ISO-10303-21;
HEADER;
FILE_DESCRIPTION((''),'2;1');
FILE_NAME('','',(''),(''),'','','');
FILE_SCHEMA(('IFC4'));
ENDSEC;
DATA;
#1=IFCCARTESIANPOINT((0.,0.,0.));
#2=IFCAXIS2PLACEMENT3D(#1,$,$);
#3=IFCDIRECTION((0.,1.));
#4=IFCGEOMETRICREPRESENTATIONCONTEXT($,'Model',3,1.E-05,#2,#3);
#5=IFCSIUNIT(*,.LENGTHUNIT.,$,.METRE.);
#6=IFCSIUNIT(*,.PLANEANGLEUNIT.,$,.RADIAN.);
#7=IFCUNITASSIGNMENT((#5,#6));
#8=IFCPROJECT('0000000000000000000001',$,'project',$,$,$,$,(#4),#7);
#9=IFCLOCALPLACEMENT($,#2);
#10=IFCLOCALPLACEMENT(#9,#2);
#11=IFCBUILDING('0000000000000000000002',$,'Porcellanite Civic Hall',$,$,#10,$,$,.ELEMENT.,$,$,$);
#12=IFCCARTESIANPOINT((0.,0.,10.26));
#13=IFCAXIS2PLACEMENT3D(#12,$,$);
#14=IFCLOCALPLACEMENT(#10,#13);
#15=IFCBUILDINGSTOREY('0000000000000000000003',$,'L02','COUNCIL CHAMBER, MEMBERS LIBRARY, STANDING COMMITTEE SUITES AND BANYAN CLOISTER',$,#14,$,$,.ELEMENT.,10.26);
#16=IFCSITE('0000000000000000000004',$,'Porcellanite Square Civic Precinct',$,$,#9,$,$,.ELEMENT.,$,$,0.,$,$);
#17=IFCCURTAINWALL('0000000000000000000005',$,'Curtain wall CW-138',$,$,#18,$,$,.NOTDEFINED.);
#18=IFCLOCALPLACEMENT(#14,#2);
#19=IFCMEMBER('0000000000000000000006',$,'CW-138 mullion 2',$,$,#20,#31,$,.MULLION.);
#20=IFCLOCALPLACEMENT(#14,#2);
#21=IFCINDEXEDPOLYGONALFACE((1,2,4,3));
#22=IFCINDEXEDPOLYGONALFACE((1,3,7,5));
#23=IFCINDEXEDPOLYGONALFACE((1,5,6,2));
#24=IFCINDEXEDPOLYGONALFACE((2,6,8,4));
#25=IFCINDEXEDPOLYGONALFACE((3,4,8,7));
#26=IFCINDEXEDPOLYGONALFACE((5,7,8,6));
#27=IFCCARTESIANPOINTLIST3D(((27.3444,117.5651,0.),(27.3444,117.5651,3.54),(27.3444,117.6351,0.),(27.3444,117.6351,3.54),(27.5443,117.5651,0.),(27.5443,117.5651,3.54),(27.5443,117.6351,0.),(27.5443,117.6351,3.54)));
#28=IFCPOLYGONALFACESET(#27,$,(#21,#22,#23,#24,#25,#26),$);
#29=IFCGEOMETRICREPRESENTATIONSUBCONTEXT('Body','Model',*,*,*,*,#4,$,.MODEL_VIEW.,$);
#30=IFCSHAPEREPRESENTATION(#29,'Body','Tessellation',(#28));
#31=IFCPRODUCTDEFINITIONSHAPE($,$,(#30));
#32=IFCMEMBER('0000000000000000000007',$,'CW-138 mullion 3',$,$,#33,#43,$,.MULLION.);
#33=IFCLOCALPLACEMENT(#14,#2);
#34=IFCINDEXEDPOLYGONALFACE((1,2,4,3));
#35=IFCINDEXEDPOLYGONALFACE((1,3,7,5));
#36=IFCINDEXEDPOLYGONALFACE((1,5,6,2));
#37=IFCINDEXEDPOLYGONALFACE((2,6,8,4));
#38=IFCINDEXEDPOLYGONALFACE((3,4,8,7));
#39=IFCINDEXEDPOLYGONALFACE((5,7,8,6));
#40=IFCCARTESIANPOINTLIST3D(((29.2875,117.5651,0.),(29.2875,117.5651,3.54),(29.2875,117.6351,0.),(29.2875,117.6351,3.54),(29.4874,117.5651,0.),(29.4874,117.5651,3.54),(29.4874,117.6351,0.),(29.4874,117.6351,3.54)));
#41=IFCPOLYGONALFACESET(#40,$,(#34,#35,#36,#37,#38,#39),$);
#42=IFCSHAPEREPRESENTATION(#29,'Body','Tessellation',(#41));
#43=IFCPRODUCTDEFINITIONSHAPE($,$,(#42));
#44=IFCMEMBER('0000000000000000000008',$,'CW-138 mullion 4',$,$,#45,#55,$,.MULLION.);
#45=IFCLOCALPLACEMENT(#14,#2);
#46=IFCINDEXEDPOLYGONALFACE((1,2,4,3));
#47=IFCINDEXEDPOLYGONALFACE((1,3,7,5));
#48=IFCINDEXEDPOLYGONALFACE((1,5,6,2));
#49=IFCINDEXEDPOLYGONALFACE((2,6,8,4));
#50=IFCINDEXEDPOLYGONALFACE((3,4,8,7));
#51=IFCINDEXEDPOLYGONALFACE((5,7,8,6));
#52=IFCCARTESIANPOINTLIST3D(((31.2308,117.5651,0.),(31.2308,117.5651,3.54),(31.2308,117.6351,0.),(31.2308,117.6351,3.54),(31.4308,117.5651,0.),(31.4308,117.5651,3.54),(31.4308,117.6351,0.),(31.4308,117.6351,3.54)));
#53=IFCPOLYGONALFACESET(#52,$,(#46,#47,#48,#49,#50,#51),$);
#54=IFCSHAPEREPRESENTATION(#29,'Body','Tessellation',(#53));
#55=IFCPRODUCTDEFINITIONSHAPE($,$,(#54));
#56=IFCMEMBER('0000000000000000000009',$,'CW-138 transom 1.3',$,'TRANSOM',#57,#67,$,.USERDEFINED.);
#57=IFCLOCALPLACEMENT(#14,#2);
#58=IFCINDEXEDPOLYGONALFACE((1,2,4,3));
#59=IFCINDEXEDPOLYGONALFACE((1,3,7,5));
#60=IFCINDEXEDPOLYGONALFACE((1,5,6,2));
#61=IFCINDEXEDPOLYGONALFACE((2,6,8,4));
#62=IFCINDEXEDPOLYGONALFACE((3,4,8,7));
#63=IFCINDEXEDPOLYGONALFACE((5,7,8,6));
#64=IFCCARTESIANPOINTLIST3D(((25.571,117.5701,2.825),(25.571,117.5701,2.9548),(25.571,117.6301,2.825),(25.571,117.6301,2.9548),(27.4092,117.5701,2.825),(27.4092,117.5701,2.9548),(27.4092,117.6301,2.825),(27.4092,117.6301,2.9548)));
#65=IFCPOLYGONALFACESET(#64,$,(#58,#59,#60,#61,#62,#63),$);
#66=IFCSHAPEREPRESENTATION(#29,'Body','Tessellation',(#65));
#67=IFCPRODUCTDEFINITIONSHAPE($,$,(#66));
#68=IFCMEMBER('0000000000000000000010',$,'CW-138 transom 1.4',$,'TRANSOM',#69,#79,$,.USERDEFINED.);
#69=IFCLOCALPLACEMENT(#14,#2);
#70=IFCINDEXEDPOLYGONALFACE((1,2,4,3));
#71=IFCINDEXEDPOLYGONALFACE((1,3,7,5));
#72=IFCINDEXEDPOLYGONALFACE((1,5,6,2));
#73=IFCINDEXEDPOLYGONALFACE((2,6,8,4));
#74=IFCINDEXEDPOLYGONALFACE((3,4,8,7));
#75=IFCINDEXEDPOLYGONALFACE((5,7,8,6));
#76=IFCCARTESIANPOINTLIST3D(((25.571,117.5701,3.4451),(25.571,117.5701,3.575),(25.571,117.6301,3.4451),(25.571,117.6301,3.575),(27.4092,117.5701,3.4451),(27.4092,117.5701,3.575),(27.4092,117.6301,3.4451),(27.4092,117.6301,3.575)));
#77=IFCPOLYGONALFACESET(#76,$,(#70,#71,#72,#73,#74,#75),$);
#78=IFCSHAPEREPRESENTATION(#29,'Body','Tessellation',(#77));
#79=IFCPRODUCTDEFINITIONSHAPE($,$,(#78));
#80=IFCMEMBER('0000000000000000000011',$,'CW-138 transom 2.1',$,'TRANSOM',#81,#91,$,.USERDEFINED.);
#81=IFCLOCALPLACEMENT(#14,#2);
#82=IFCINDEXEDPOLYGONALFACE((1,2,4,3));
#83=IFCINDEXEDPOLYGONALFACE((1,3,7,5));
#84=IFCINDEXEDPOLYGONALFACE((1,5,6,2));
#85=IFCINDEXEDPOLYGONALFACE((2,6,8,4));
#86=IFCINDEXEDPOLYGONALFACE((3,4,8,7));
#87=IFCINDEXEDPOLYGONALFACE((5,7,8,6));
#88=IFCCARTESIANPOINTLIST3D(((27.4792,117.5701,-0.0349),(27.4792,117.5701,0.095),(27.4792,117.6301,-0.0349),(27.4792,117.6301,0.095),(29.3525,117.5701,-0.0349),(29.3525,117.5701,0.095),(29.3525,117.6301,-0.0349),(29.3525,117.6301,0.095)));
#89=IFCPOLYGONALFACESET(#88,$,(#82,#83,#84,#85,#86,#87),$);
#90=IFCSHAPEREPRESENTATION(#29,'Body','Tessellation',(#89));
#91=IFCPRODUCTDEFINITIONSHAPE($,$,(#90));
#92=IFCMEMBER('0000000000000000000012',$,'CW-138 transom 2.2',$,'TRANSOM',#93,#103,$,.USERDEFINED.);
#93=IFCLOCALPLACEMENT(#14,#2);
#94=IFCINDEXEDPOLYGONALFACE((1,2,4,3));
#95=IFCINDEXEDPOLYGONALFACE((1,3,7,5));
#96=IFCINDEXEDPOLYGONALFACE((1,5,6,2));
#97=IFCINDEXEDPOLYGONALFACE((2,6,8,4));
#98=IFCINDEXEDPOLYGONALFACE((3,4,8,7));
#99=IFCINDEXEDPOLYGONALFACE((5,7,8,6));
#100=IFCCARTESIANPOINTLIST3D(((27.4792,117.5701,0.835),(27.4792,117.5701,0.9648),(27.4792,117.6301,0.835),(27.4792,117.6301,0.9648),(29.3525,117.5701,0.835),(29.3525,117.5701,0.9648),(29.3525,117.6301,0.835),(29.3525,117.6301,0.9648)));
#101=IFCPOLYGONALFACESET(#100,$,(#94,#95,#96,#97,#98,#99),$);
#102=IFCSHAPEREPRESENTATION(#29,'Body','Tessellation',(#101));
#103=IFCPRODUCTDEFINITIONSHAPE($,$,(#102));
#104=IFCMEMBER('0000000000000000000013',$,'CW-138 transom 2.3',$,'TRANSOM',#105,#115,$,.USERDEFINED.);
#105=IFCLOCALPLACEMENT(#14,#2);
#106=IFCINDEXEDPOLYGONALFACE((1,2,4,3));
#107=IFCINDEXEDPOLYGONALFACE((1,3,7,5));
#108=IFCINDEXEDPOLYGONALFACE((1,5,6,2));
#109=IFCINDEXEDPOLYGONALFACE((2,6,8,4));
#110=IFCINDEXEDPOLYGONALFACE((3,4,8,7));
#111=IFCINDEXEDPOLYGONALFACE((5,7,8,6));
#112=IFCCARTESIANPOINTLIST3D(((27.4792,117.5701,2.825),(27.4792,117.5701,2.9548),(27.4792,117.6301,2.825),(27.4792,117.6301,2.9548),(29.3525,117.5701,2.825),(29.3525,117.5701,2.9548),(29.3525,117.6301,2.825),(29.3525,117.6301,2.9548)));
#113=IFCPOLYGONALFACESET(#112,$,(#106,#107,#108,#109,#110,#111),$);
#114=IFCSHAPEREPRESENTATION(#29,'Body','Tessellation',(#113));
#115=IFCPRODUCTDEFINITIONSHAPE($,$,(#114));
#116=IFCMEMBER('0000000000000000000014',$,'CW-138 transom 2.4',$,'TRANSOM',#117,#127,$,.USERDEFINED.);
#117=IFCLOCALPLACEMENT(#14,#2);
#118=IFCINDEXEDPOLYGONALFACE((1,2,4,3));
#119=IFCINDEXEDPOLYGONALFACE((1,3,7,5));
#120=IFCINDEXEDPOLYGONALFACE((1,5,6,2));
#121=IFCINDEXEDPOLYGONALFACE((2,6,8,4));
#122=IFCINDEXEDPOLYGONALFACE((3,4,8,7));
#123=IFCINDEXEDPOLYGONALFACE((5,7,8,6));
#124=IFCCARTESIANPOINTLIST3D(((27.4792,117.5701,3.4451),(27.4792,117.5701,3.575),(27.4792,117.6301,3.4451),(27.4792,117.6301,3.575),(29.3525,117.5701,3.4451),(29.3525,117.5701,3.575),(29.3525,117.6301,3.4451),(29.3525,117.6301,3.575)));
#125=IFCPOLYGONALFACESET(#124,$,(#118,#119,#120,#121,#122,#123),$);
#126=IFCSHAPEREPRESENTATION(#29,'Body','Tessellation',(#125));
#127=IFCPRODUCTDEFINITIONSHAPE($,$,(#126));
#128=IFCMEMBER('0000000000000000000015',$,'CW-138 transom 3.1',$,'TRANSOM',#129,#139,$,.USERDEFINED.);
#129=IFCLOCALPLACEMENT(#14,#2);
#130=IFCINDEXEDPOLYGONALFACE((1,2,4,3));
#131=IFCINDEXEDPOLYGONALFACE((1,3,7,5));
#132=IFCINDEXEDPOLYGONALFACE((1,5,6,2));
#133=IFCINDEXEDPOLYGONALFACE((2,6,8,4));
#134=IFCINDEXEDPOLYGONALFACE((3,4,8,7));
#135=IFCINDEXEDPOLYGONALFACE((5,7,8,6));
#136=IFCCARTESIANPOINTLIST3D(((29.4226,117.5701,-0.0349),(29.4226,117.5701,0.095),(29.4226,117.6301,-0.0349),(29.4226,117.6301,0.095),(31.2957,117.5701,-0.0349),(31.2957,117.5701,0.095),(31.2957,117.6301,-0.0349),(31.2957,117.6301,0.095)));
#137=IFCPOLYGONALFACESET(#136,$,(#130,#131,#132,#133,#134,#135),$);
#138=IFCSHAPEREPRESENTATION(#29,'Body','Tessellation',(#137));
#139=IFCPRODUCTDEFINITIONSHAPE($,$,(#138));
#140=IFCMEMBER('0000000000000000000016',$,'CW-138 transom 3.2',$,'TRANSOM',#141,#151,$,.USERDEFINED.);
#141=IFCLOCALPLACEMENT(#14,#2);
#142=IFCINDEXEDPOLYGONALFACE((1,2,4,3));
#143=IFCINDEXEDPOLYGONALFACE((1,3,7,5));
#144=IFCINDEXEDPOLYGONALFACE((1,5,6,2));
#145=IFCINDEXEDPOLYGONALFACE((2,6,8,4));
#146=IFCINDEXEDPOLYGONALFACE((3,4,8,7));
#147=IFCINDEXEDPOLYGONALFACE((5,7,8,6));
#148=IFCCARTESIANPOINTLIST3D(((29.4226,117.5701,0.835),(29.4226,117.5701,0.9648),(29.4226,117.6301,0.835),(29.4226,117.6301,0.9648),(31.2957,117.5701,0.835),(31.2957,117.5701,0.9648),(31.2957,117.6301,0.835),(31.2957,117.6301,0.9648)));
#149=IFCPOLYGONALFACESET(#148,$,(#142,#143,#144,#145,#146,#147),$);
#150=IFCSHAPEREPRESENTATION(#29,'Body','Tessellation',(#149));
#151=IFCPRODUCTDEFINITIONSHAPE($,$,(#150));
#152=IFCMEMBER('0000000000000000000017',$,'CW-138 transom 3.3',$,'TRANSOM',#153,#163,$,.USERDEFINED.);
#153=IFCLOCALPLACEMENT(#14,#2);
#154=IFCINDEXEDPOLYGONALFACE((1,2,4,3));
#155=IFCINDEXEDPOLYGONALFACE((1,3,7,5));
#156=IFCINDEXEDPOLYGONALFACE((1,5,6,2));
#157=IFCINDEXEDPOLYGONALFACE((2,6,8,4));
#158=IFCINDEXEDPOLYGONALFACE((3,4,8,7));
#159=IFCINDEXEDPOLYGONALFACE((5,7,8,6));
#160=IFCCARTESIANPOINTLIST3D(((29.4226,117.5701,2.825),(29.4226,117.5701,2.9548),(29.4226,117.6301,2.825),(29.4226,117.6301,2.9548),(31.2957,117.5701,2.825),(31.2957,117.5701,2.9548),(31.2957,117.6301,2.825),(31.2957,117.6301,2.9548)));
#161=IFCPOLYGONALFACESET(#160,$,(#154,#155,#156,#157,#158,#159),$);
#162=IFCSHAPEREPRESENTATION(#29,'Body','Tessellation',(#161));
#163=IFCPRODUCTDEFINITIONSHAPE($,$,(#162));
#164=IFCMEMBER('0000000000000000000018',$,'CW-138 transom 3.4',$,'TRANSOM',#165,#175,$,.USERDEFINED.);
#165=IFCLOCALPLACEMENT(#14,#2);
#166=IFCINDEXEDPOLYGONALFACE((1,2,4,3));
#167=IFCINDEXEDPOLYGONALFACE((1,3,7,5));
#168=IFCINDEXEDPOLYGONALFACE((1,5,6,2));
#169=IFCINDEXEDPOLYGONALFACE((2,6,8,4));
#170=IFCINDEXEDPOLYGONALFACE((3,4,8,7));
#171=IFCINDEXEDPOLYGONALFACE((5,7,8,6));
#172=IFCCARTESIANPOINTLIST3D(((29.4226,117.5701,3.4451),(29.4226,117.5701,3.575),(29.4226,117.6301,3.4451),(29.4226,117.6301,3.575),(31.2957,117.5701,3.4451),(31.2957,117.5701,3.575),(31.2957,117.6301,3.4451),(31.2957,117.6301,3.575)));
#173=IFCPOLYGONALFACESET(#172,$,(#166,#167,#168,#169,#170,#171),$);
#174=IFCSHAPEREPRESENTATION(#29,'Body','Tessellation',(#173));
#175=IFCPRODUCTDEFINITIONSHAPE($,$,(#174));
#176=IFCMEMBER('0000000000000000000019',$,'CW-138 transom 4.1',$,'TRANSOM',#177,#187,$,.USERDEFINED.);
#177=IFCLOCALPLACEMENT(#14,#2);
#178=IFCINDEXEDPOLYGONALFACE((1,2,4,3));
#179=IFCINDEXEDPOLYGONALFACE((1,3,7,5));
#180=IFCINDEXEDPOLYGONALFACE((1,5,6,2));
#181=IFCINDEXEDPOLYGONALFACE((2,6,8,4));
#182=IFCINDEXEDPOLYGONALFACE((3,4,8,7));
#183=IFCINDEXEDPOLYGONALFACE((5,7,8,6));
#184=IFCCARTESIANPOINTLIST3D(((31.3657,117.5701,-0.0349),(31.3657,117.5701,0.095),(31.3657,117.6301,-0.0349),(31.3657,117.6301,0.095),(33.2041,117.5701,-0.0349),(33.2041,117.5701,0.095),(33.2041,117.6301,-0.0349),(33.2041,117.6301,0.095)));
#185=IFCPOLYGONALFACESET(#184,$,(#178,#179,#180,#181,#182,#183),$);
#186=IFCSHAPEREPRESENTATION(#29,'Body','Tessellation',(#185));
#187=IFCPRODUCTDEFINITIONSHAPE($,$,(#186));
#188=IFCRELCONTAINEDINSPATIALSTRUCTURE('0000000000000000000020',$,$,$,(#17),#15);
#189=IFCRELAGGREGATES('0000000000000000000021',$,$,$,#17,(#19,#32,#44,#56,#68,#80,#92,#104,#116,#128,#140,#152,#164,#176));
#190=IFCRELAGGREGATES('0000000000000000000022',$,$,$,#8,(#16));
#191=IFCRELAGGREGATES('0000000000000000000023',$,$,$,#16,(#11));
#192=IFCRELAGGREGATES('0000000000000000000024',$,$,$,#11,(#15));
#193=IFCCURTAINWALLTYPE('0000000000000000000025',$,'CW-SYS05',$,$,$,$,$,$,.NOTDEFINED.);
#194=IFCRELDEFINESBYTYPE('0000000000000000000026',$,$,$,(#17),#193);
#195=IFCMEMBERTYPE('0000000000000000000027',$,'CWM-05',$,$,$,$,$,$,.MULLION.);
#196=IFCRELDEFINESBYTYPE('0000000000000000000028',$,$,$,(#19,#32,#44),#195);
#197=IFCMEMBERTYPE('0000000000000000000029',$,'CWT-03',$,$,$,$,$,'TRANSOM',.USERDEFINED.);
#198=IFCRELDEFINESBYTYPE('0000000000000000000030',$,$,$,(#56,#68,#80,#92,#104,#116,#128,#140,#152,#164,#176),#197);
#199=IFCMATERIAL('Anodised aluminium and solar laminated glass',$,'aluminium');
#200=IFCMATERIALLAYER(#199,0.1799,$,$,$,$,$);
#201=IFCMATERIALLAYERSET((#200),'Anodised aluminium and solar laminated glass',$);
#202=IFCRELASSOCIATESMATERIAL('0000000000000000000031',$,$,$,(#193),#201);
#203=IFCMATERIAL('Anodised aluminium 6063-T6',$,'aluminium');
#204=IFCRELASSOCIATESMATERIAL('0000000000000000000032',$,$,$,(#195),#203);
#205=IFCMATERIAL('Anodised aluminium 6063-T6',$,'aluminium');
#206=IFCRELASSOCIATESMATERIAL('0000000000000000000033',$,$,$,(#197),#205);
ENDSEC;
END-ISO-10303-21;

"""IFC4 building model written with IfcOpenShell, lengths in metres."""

from ifc_helpers import new_model, si_unit, direction, frame, origin, origin_2d, place, context, subcontext, project, spatial, rectangle, extrude, material, layer, layer_set, material_profile, profile_set, type_object, element, aggregate, save


model = new_model("IFC4")

# Units and contexts
model_context = context("Model", 3, precision=1e-05, world=origin(), true_north=direction((0.0, 1.0)))
body_context = subcontext(model_context, "Body", "Model", "MODEL_VIEW")
ifc_project = project(units=[si_unit("LENGTHUNIT", "METRE"), si_unit("PLANEANGLEUNIT", "RADIAN")], contexts=[model_context])

# Site, building, storey
site_placement = place(None, origin())
site = spatial("IfcSite", under=ifc_project, at=site_placement, Name="Porcellanite Square Civic Precinct", CompositionType="ELEMENT", RefElevation=0.0)
building_placement = place(site_placement, origin())
building = spatial("IfcBuilding", under=site, at=building_placement, Name="Porcellanite Civic Hall", CompositionType="ELEMENT")
storey_placement = place(building_placement, frame((0.0, 0.0, 10.26)))
storey = spatial("IfcBuildingStorey", under=building, at=storey_placement, Name="L02", Description="COUNCIL CHAMBER, MEMBERS LIBRARY, STANDING COMMITTEE SUITES AND BANYAN CLOISTER", CompositionType="ELEMENT", Elevation=10.26)

# Curtain wall, members
ifc_material_1 = material(Name="Anodised aluminium and solar laminated glass", Category="aluminium")
ifc_layer_1 = layer(ifc_material_1, 0.1799)
ifc_layer_set_1 = layer_set([ifc_layer_1], Name="Anodised aluminium and solar laminated glass")
curtain_wall_type = type_object("IfcCurtainWallType", Name="CW-SYS05", PredefinedType="NOTDEFINED", material=ifc_layer_set_1)
curtain_wall_placement = place(storey_placement, origin())
curtain_wall = element("IfcCurtainWall", 1, at=curtain_wall_placement, inside=storey, type_object=curtain_wall_type, Name="Curtain wall CW-138", PredefinedType="NOTDEFINED")
ifc_material_2 = material(Name="Anodised aluminium 6063-T6", Category="aluminium")
ifc_material_profile_1 = material_profile(ifc_material_2, rectangle(XDim=0.0701, YDim=0.2, at=origin_2d()), Name="AL-70x200")
ifc_profile_set_1 = profile_set([ifc_material_profile_1], Name="Anodised aluminium 6063-T6")
member_type_1 = type_object("IfcMemberType", Name="CWM-05", PredefinedType="MULLION", material=ifc_profile_set_1)
member_1_placement = place(storey_placement, frame((27.4443, 117.6001, 0.0), z_axis=(0.0, 0.0, 1.0), x_axis=(0.0, 1.0, 0.0)))
member_1 = element("IfcMember", 2, at=member_1_placement, type_object=member_type_1, Name="CW-138 mullion 2", PredefinedType="MULLION", context=body_context, shape_type="SweptSolid", body=[
    extrude(rectangle(XDim=0.0701, YDim=0.2, at=origin_2d()), origin(), (0.0, 0.0, 1.0), 3.54),
])
member_2_placement = place(storey_placement, frame((29.3875, 117.6001, 0.0), z_axis=(0.0, 0.0, 1.0), x_axis=(0.0, 1.0, 0.0)))
member_2 = element("IfcMember", 3, at=member_2_placement, type_object=member_type_1, Name="CW-138 mullion 3", PredefinedType="MULLION", context=body_context, shape_type="SweptSolid", body=[
    extrude(rectangle(XDim=0.0701, YDim=0.2, at=origin_2d()), origin(), (0.0, 0.0, 1.0), 3.54),
])
member_3_placement = place(storey_placement, frame((31.3308, 117.6001, 0.0), z_axis=(0.0, 0.0, 1.0), x_axis=(0.0, 1.0, 0.0)))
member_3 = element("IfcMember", 4, at=member_3_placement, type_object=member_type_1, Name="CW-138 mullion 4", PredefinedType="MULLION", context=body_context, shape_type="SweptSolid", body=[
    extrude(rectangle(XDim=0.0701, YDim=0.2, at=origin_2d()), origin(), (0.0, 0.0, 1.0), 3.54),
])
ifc_material_3 = material(Name="Anodised aluminium 6063-T6", Category="aluminium")
ifc_material_profile_2 = material_profile(ifc_material_3, rectangle(XDim=0.0601, YDim=0.1299, at=origin_2d()), Name="AL-60x130")
ifc_profile_set_2 = profile_set([ifc_material_profile_2], Name="Anodised aluminium 6063-T6")
member_type_2 = type_object("IfcMemberType", Name="CWT-03", ElementType="TRANSOM", PredefinedType="USERDEFINED", material=ifc_profile_set_2)
member_4_placement = place(storey_placement, frame((25.571, 117.6001, 2.8899), z_axis=(1.0, 0.0, 0.0), x_axis=(0.0, 1.0, 0.0)))
member_4 = element("IfcMember", 5, at=member_4_placement, type_object=member_type_2, Name="CW-138 transom 1.3", ObjectType="TRANSOM", PredefinedType="USERDEFINED", context=body_context, shape_type="SweptSolid", body=[
    extrude(rectangle(XDim=0.0601, YDim=0.1299, at=origin_2d()), origin(), (0.0, 0.0, 1.0), 1.8381),
])
member_5_placement = place(storey_placement, frame((25.571, 117.6001, 3.51), z_axis=(1.0, 0.0, 0.0), x_axis=(0.0, 1.0, 0.0)))
member_5 = element("IfcMember", 6, at=member_5_placement, type_object=member_type_2, Name="CW-138 transom 1.4", ObjectType="TRANSOM", PredefinedType="USERDEFINED", context=body_context, shape_type="SweptSolid", body=[
    extrude(rectangle(XDim=0.0601, YDim=0.1299, at=origin_2d()), origin(), (0.0, 0.0, 1.0), 1.8381),
])
member_6_placement = place(storey_placement, frame((27.4792, 117.6001, 0.03), z_axis=(1.0, 0.0, 0.0), x_axis=(0.0, 1.0, 0.0)))
member_6 = element("IfcMember", 7, at=member_6_placement, type_object=member_type_2, Name="CW-138 transom 2.1", ObjectType="TRANSOM", PredefinedType="USERDEFINED", context=body_context, shape_type="SweptSolid", body=[
    extrude(rectangle(XDim=0.0601, YDim=0.1299, at=origin_2d()), origin(), (0.0, 0.0, 1.0), 1.8733),
])
member_7_placement = place(storey_placement, frame((27.4792, 117.6001, 0.8999), z_axis=(1.0, 0.0, 0.0), x_axis=(0.0, 1.0, 0.0)))
member_7 = element("IfcMember", 8, at=member_7_placement, type_object=member_type_2, Name="CW-138 transom 2.2", ObjectType="TRANSOM", PredefinedType="USERDEFINED", context=body_context, shape_type="SweptSolid", body=[
    extrude(rectangle(XDim=0.0601, YDim=0.1299, at=origin_2d()), origin(), (0.0, 0.0, 1.0), 1.8733),
])
member_8_placement = place(storey_placement, frame((27.4792, 117.6001, 2.8899), z_axis=(1.0, 0.0, 0.0), x_axis=(0.0, 1.0, 0.0)))
member_8 = element("IfcMember", 9, at=member_8_placement, type_object=member_type_2, Name="CW-138 transom 2.3", ObjectType="TRANSOM", PredefinedType="USERDEFINED", context=body_context, shape_type="SweptSolid", body=[
    extrude(rectangle(XDim=0.0601, YDim=0.1299, at=origin_2d()), origin(), (0.0, 0.0, 1.0), 1.8733),
])
member_9_placement = place(storey_placement, frame((27.4792, 117.6001, 3.51), z_axis=(1.0, 0.0, 0.0), x_axis=(0.0, 1.0, 0.0)))
member_9 = element("IfcMember", 10, at=member_9_placement, type_object=member_type_2, Name="CW-138 transom 2.4", ObjectType="TRANSOM", PredefinedType="USERDEFINED", context=body_context, shape_type="SweptSolid", body=[
    extrude(rectangle(XDim=0.0601, YDim=0.1299, at=origin_2d()), origin(), (0.0, 0.0, 1.0), 1.8733),
])
member_10_placement = place(storey_placement, frame((29.4226, 117.6001, 0.03), z_axis=(1.0, 0.0, 0.0), x_axis=(0.0, 1.0, 0.0)))
member_10 = element("IfcMember", 11, at=member_10_placement, type_object=member_type_2, Name="CW-138 transom 3.1", ObjectType="TRANSOM", PredefinedType="USERDEFINED", context=body_context, shape_type="SweptSolid", body=[
    extrude(rectangle(XDim=0.0601, YDim=0.1299, at=origin_2d()), origin(), (0.0, 0.0, 1.0), 1.873),
])
member_11_placement = place(storey_placement, frame((29.4226, 117.6001, 0.8999), z_axis=(1.0, 0.0, 0.0), x_axis=(0.0, 1.0, 0.0)))
member_11 = element("IfcMember", 12, at=member_11_placement, type_object=member_type_2, Name="CW-138 transom 3.2", ObjectType="TRANSOM", PredefinedType="USERDEFINED", context=body_context, shape_type="SweptSolid", body=[
    extrude(rectangle(XDim=0.0601, YDim=0.1299, at=origin_2d()), origin(), (0.0, 0.0, 1.0), 1.873),
])
member_12_placement = place(storey_placement, frame((29.4226, 117.6001, 2.8899), z_axis=(1.0, 0.0, 0.0), x_axis=(0.0, 1.0, 0.0)))
member_12 = element("IfcMember", 13, at=member_12_placement, type_object=member_type_2, Name="CW-138 transom 3.3", ObjectType="TRANSOM", PredefinedType="USERDEFINED", context=body_context, shape_type="SweptSolid", body=[
    extrude(rectangle(XDim=0.0601, YDim=0.1299, at=origin_2d()), origin(), (0.0, 0.0, 1.0), 1.873),
])
member_13_placement = place(storey_placement, frame((29.4226, 117.6001, 3.51), z_axis=(1.0, 0.0, 0.0), x_axis=(0.0, 1.0, 0.0)))
member_13 = element("IfcMember", 14, at=member_13_placement, type_object=member_type_2, Name="CW-138 transom 3.4", ObjectType="TRANSOM", PredefinedType="USERDEFINED", context=body_context, shape_type="SweptSolid", body=[
    extrude(rectangle(XDim=0.0601, YDim=0.1299, at=origin_2d()), origin(), (0.0, 0.0, 1.0), 1.873),
])
member_14_placement = place(storey_placement, frame((31.3657, 117.6001, 0.03), z_axis=(1.0, 0.0, 0.0), x_axis=(0.0, 1.0, 0.0)))
member_14 = element("IfcMember", 15, at=member_14_placement, type_object=member_type_2, Name="CW-138 transom 4.1", ObjectType="TRANSOM", PredefinedType="USERDEFINED", context=body_context, shape_type="SweptSolid", body=[
    extrude(rectangle(XDim=0.0601, YDim=0.1299, at=origin_2d()), origin(), (0.0, 0.0, 1.0), 1.8384),
])

aggregate(curtain_wall, [member_1, member_2, member_3, member_4, member_5, member_6, member_7, member_8, member_9, member_10, member_11, member_12, member_13, member_14])

save(model, "model.ifc")
